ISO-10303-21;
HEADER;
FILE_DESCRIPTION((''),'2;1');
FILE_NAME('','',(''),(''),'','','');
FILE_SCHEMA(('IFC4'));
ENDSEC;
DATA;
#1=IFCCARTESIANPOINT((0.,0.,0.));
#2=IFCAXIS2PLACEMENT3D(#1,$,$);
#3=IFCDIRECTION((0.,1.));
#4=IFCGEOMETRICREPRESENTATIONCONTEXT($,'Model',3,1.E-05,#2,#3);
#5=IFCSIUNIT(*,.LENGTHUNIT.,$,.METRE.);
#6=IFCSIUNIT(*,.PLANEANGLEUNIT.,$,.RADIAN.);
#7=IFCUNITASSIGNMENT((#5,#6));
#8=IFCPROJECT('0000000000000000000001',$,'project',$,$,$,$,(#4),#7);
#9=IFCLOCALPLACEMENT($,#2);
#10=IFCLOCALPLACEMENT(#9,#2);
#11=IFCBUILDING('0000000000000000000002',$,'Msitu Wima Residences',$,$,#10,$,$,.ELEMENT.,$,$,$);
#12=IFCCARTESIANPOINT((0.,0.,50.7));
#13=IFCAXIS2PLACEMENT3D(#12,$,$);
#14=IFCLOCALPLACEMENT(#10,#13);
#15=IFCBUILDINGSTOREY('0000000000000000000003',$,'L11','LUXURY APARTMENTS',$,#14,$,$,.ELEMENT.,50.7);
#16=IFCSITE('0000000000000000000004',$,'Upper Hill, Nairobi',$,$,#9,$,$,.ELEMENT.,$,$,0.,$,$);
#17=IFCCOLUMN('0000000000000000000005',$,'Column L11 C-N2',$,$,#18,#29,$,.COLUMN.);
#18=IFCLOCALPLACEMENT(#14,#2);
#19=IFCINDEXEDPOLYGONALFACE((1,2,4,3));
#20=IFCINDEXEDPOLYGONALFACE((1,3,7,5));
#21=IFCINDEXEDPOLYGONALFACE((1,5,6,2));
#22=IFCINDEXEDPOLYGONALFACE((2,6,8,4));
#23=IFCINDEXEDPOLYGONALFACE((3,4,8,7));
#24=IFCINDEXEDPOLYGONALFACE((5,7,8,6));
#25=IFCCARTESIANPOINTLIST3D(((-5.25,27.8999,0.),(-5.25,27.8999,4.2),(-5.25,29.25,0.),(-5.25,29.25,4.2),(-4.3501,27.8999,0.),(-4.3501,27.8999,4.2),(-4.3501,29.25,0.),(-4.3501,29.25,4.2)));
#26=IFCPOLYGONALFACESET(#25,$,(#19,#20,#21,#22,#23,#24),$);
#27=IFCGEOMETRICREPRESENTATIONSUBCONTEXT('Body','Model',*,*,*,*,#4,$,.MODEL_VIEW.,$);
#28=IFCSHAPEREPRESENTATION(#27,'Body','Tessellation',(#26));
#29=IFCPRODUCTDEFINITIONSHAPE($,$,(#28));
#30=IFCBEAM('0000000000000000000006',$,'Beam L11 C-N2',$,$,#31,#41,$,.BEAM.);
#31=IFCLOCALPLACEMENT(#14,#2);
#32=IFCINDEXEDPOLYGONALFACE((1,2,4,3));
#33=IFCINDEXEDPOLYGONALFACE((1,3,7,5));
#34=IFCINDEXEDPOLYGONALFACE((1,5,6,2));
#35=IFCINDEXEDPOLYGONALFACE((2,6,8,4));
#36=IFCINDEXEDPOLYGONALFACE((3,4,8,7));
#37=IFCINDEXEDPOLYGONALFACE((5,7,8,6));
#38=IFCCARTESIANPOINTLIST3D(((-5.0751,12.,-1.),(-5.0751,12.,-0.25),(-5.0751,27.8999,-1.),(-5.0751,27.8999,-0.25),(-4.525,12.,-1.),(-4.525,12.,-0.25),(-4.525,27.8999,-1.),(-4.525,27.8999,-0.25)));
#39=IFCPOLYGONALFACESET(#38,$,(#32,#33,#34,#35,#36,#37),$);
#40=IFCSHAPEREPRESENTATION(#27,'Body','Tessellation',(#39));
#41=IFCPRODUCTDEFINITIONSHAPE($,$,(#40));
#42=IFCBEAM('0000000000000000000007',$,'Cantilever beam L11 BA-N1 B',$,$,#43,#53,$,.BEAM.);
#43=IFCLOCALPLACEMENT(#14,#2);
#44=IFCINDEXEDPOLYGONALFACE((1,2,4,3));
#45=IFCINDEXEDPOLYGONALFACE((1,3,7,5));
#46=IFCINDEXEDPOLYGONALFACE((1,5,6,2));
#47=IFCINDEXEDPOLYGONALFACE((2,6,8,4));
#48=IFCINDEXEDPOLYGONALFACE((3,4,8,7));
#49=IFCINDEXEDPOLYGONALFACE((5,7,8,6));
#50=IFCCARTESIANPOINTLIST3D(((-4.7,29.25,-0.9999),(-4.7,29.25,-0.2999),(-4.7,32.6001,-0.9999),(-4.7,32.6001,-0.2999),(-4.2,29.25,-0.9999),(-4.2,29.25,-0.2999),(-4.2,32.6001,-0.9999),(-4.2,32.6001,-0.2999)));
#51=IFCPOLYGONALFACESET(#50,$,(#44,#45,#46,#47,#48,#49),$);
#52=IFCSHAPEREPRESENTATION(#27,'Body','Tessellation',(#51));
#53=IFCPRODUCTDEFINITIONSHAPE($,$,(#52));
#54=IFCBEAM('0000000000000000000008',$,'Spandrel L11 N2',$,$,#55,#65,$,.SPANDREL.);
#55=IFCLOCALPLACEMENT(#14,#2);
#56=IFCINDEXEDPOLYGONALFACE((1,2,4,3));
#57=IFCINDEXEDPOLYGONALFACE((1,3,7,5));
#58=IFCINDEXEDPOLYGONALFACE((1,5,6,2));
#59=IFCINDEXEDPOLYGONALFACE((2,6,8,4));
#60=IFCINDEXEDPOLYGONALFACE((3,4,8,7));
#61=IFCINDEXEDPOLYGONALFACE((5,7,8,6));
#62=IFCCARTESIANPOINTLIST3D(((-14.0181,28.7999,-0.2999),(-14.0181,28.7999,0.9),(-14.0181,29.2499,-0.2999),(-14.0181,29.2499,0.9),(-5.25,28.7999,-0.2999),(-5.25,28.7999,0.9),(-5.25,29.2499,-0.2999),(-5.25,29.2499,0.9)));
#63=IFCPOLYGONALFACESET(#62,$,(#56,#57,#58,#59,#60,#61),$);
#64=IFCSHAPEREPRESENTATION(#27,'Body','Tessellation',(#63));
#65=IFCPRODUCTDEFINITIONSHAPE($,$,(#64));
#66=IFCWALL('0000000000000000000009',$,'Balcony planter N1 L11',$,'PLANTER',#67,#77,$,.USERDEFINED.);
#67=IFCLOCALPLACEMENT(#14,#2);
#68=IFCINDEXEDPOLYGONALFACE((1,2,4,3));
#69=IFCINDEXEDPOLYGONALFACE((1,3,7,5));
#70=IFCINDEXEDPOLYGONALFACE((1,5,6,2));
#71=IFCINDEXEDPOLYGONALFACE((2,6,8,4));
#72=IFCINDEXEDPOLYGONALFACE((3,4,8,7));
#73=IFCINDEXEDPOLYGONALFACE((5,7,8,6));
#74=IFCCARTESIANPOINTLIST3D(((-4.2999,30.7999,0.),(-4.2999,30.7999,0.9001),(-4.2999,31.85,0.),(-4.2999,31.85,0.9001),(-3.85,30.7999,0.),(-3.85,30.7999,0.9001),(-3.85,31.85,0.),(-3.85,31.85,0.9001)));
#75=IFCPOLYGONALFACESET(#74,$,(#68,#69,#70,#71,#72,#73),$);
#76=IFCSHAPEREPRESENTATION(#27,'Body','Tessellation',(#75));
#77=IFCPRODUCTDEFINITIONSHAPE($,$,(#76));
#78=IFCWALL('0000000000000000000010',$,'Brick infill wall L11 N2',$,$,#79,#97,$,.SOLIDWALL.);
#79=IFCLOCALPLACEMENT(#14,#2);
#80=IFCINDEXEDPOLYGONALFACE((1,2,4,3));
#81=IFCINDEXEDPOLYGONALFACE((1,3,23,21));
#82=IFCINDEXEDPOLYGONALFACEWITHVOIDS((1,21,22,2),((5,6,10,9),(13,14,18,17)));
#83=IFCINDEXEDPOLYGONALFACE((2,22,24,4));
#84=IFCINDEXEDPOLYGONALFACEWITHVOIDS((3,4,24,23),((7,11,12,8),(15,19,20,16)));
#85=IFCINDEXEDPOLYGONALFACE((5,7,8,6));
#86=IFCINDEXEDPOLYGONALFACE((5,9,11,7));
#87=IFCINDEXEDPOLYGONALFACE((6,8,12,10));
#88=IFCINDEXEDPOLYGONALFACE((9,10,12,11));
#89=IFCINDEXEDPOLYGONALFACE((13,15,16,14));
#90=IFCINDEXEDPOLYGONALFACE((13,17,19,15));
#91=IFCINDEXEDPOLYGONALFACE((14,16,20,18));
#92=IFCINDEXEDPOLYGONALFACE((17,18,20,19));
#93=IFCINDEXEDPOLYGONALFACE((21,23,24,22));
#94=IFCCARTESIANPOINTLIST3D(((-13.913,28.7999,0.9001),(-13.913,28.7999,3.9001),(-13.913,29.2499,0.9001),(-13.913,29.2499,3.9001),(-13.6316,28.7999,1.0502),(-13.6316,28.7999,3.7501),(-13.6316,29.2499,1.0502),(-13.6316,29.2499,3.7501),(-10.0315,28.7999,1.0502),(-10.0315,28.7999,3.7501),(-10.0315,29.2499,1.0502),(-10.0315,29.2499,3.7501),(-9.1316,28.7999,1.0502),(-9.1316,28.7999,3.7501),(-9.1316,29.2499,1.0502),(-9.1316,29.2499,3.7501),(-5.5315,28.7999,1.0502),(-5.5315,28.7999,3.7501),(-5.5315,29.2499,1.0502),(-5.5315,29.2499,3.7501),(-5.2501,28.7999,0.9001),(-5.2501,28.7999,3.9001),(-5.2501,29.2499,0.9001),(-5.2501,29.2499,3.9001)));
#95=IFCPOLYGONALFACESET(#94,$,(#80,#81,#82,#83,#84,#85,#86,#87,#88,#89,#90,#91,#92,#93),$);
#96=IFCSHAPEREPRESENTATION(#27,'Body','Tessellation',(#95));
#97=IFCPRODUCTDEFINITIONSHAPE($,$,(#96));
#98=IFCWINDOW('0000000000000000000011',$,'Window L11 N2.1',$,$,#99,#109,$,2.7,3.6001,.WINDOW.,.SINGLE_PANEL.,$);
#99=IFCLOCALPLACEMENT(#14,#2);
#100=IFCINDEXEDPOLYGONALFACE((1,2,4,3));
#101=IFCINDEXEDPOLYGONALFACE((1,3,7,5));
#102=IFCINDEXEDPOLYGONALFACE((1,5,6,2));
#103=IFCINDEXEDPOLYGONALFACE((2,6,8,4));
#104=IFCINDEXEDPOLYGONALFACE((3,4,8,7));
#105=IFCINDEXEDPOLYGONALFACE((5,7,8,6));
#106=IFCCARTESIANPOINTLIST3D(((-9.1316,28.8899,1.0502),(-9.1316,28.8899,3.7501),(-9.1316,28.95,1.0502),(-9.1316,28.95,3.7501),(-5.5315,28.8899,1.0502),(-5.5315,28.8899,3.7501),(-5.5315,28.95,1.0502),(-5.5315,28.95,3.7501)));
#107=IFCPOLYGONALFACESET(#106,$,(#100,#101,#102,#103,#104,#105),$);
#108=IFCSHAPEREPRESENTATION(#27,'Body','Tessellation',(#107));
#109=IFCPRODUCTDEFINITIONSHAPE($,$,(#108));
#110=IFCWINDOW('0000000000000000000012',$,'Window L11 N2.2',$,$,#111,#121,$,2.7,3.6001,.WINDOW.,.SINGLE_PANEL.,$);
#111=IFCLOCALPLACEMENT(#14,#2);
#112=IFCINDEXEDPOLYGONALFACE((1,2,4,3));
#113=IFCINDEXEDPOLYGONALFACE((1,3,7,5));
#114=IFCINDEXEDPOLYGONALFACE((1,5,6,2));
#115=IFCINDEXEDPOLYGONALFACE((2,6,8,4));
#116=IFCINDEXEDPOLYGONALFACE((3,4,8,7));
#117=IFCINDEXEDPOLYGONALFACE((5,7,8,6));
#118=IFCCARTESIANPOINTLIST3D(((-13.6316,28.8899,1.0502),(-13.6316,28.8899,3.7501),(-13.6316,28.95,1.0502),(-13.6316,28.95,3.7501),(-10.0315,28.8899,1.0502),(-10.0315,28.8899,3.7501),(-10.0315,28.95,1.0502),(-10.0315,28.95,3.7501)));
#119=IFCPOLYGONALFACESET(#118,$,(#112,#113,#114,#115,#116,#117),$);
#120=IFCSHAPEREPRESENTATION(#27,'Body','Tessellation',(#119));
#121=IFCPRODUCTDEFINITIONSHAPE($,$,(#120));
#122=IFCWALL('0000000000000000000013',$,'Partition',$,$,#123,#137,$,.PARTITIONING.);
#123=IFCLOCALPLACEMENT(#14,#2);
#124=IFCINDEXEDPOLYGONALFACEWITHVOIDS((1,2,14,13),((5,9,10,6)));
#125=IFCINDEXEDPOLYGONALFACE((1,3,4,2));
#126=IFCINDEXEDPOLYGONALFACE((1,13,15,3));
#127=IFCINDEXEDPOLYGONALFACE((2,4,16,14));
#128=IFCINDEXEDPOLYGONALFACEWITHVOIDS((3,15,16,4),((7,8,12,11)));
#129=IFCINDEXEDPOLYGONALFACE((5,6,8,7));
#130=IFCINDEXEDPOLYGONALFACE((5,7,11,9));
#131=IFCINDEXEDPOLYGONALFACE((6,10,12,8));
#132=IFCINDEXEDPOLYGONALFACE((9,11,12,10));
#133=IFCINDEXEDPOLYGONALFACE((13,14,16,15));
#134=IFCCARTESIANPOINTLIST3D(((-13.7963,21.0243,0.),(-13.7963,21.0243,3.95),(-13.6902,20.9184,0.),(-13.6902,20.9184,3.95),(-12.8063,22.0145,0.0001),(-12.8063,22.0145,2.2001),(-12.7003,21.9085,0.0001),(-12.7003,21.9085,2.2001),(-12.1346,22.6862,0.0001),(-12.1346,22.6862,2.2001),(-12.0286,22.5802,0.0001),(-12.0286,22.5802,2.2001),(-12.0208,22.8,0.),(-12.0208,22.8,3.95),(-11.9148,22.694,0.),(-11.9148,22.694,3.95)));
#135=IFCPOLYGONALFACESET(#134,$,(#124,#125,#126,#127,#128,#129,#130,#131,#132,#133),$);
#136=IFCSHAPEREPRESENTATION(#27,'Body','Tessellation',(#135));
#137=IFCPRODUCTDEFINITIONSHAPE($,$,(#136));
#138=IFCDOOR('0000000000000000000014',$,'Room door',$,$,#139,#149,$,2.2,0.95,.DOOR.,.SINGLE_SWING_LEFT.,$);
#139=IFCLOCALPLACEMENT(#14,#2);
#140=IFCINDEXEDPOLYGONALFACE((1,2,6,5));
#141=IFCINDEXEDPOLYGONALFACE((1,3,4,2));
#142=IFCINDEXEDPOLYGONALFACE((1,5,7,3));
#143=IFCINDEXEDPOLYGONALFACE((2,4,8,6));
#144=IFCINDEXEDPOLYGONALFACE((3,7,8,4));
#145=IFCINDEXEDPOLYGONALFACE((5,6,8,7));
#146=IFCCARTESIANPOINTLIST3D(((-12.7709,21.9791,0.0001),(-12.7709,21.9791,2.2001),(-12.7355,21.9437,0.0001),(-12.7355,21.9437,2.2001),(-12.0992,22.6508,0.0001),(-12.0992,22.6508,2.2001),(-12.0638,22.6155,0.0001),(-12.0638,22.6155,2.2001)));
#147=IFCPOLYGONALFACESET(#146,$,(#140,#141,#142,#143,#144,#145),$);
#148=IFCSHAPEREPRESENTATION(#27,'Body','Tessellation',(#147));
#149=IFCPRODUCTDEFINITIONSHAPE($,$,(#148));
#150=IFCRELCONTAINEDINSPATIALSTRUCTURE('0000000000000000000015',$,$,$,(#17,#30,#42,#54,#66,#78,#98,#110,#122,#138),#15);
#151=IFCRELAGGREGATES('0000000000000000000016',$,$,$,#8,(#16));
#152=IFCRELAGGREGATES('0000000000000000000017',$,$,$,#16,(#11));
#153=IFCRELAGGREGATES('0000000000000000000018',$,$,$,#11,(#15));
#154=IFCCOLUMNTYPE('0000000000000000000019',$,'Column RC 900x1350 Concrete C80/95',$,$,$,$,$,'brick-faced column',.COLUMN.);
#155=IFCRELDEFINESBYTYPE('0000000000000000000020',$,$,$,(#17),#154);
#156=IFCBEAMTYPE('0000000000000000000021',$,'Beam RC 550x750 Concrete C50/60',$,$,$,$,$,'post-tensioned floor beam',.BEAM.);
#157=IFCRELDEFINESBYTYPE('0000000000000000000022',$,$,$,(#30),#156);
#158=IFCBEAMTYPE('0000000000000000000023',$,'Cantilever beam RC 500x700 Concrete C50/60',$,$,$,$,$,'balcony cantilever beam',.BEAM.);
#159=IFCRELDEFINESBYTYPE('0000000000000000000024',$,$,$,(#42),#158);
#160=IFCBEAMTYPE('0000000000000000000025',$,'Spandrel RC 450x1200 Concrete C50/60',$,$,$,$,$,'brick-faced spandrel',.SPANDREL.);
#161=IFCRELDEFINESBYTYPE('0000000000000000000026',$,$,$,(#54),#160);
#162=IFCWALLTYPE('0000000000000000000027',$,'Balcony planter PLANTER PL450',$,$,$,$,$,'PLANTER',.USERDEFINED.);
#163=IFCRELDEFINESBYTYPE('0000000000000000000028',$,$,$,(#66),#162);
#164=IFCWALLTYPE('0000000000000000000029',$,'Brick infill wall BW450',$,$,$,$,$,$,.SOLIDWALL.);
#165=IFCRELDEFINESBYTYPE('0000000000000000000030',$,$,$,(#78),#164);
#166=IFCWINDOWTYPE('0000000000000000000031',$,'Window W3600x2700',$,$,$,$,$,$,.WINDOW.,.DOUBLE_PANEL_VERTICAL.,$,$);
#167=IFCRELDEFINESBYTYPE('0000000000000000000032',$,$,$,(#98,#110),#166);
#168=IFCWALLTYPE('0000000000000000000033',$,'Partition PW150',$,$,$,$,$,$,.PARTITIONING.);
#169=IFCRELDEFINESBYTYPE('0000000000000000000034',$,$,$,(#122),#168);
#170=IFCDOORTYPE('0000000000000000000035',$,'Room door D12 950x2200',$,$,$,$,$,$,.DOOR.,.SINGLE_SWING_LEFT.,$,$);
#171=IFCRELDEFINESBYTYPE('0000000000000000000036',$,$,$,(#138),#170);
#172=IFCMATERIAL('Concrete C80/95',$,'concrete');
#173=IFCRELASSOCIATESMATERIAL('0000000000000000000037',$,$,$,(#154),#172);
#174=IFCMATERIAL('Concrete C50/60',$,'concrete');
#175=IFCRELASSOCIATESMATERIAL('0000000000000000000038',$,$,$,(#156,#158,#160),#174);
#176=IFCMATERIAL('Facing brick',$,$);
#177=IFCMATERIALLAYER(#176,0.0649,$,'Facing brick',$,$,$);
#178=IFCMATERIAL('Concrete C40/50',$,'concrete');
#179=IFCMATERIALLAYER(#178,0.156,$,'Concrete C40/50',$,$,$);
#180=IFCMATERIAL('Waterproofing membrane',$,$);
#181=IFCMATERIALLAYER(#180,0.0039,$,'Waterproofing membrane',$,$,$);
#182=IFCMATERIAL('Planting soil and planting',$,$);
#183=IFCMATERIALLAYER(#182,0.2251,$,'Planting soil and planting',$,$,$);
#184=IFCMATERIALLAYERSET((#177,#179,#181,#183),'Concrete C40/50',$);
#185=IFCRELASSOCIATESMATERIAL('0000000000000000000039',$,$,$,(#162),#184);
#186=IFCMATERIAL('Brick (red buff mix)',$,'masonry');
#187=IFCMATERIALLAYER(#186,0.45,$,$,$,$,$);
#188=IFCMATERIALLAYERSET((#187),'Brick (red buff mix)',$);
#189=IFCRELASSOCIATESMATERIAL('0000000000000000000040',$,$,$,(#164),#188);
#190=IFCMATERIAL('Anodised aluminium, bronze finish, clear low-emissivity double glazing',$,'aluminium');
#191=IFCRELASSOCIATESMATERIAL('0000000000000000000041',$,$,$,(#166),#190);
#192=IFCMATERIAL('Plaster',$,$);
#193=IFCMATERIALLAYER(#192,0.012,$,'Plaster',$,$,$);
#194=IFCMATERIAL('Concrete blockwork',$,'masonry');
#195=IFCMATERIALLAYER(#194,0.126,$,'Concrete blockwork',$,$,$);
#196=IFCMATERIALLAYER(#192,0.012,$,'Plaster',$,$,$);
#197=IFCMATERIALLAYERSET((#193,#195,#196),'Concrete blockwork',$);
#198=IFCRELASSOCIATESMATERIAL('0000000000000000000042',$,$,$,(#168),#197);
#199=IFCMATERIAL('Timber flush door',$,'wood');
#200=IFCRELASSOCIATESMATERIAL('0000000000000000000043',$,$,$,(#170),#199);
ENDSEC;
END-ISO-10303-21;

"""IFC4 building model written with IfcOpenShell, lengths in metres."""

from ifc_helpers import new_model, si_unit, direction, frame, frame_2d, origin, origin_2d, place, context, subcontext, project, spatial, rectangle, extrude, material, layer, layer_set, material_profile, profile_set, type_object, element, fill, save


model = new_model("IFC4")

# Units and contexts
model_context = context("Model", 3, precision=1e-05, world=origin(), true_north=direction((0.0, 1.0)))
body_context = subcontext(model_context, "Body", "Model", "MODEL_VIEW")
ifc_project = project(units=[si_unit("LENGTHUNIT", "METRE"), si_unit("PLANEANGLEUNIT", "RADIAN")], contexts=[model_context])

# Site, building, storey
site_placement = place(None, origin())
site = spatial("IfcSite", under=ifc_project, at=site_placement, Name="Upper Hill, Nairobi", CompositionType="ELEMENT", RefElevation=0.0)
building_placement = place(site_placement, origin())
building = spatial("IfcBuilding", under=site, at=building_placement, Name="Msitu Wima Residences", CompositionType="ELEMENT")
storey_placement = place(building_placement, frame((0.0, 0.0, 50.7)))
storey = spatial("IfcBuildingStorey", under=building, at=storey_placement, Name="L11", Description="LUXURY APARTMENTS", CompositionType="ELEMENT", Elevation=50.7)

# Column
ifc_material_1 = material(Name="Concrete C80/95", Category="concrete")
ifc_material_profile_1 = material_profile(ifc_material_1, rectangle(XDim=0.8999, YDim=1.3501, at=origin_2d()), Name="RC 900x1350")
ifc_profile_set_1 = profile_set([ifc_material_profile_1], Name="Concrete C80/95")
column_type = type_object("IfcColumnType", Name="Column RC 900x1350 Concrete C80/95", ElementType="brick-faced column", PredefinedType="COLUMN", material=ifc_profile_set_1)
column_placement = place(storey_placement, frame((-4.8, 28.575, 0.0), z_axis=(0.0, 0.0, 1.0), x_axis=(-1.0, 0.0, 0.0)))
element("IfcColumn", 1, at=column_placement, inside=storey, type_object=column_type, Name="Column L11 C-N2", PredefinedType="COLUMN", context=body_context, shape_type="SweptSolid", body=[
    extrude(rectangle(XDim=0.8999, YDim=1.3501, at=origin_2d()), origin(), (0.0, 0.0, 1.0), 4.2),
])

# Beams
ifc_material_2 = material(Name="Concrete C50/60", Category="concrete")
ifc_material_profile_2 = material_profile(ifc_material_2, rectangle(XDim=0.55, YDim=0.75, at=origin_2d()), Name="RC 550x750")
ifc_profile_set_2 = profile_set([ifc_material_profile_2], Name="Concrete C50/60")
beam_type_1 = type_object("IfcBeamType", Name="Beam RC 550x750 Concrete C50/60", ElementType="post-tensioned floor beam", PredefinedType="BEAM", material=ifc_profile_set_2)
beam_1_placement = place(storey_placement, frame((-4.8, 27.8999, -0.625), z_axis=(0.0, -1.0, 0.0), x_axis=(1.0, 0.0, 0.0)))
element("IfcBeam", 2, at=beam_1_placement, inside=storey, type_object=beam_type_1, Name="Beam L11 C-N2", PredefinedType="BEAM", context=body_context, shape_type="SweptSolid", body=[
    extrude(rectangle(XDim=0.55, YDim=0.75, at=origin_2d()), origin(), (0.0, 0.0, 1.0), 15.8999),
])
ifc_material_profile_3 = material_profile(ifc_material_2, rectangle(XDim=0.5, YDim=0.7, at=origin_2d()), Name="RC 500x700")
ifc_profile_set_3 = profile_set([ifc_material_profile_3], Name="Concrete C50/60")
beam_type_2 = type_object("IfcBeamType", Name="Cantilever beam RC 500x700 Concrete C50/60", ElementType="balcony cantilever beam", PredefinedType="BEAM", material=ifc_profile_set_3)
beam_2_placement = place(storey_placement, frame((-4.45, 29.25, -0.6499), z_axis=(0.0, 1.0, 0.0), x_axis=(-1.0, 0.0, 0.0)))
element("IfcBeam", 3, at=beam_2_placement, inside=storey, type_object=beam_type_2, Name="Cantilever beam L11 BA-N1 B", PredefinedType="BEAM", context=body_context, shape_type="SweptSolid", body=[
    extrude(rectangle(XDim=0.5, YDim=0.7, at=origin_2d()), origin(), (0.0, 0.0, 1.0), 3.3501),
])
ifc_material_profile_4 = material_profile(ifc_material_2, rectangle(XDim=0.45, YDim=1.2, at=origin_2d()), Name="RC 450x1200")
ifc_profile_set_4 = profile_set([ifc_material_profile_4], Name="Concrete C50/60")
beam_type_3 = type_object("IfcBeamType", Name="Spandrel RC 450x1200 Concrete C50/60", ElementType="brick-faced spandrel", PredefinedType="SPANDREL", material=ifc_profile_set_4)
beam_3_placement = place(storey_placement, frame((-5.25, 29.0249, 0.3), z_axis=(-1.0, 0.0, 0.0), x_axis=(0.0, -1.0, 0.0)))
element("IfcBeam", 4, at=beam_3_placement, inside=storey, type_object=beam_type_3, Name="Spandrel L11 N2", PredefinedType="SPANDREL", context=body_context, shape_type="SweptSolid", body=[
    extrude(rectangle(XDim=0.45, YDim=1.2, at=origin_2d()), origin(), (0.0, 0.0, 1.0), 8.7681),
])

# Wall
ifc_material_3 = material(Name="Facing brick")
ifc_layer_1 = layer(ifc_material_3, 0.0649, Name="Facing brick")
ifc_material_4 = material(Name="Concrete C40/50", Category="concrete")
ifc_layer_2 = layer(ifc_material_4, 0.156, Name="Concrete C40/50")
ifc_material_5 = material(Name="Waterproofing membrane")
ifc_layer_3 = layer(ifc_material_5, 0.0039, Name="Waterproofing membrane")
ifc_material_6 = material(Name="Planting soil and planting")
ifc_layer_4 = layer(ifc_material_6, 0.2251, Name="Planting soil and planting")
ifc_layer_set_1 = layer_set([ifc_layer_1, ifc_layer_2, ifc_layer_3, ifc_layer_4], Name="Concrete C40/50")
wall_type_1 = type_object("IfcWallType", Name="Balcony planter PLANTER PL450", ElementType="PLANTER", PredefinedType="USERDEFINED", material=ifc_layer_set_1)
wall_1_placement = place(storey_placement, frame((-4.075, 30.8, 0.0), z_axis=(0.0, 0.0, 1.0), x_axis=(0.0, 1.0, 0.0)))
element("IfcWall", 5, at=wall_1_placement, inside=storey, type_object=wall_type_1, Name="Balcony planter N1 L11", ObjectType="PLANTER", PredefinedType="USERDEFINED", context=body_context, shape_type="SweptSolid", body=[
    extrude(rectangle(XDim=1.05, YDim=0.45, at=frame_2d((0.5249, 0.0))), origin(), (0.0, 0.0, 1.0), 0.9001),
])

# Wall, openings, windows
ifc_material_7 = material(Name="Brick (red buff mix)", Category="masonry")
ifc_layer_5 = layer(ifc_material_7, 0.45)
ifc_layer_set_2 = layer_set([ifc_layer_5], Name="Brick (red buff mix)")
wall_type_2 = type_object("IfcWallType", Name="Brick infill wall BW450", PredefinedType="SOLIDWALL", material=ifc_layer_set_2)
wall_2_placement = place(storey_placement, frame((-5.25, 29.0249, 0.9001), z_axis=(0.0, 0.0, 1.0), x_axis=(-1.0, 0.0, 0.0)))
wall_2 = element("IfcWall", 6, at=wall_2_placement, inside=storey, type_object=wall_type_2, Name="Brick infill wall L11 N2", PredefinedType="SOLIDWALL", context=body_context, shape_type="SweptSolid", body=[
    extrude(rectangle(XDim=8.6628, YDim=0.45, at=frame_2d((4.3315, 0.0))), origin(), (0.0, 0.0, 1.0), 3.0),
])
opening_1_placement = place(wall_2_placement, frame((0.2815, 0.0, 0.1499)))
opening_1 = element("IfcOpeningElement", 7, at=opening_1_placement, cuts=wall_2, PredefinedType="OPENING", context=body_context, shape_type="SweptSolid", body=[
    extrude(rectangle(XDim=3.6001, YDim=2.7, at=frame_2d((1.8, 1.3501))), frame((0.0, 0.2349, 0.0), z_axis=(0.0, -1.0, 0.0), x_axis=(1.0, 0.0, 0.0)), (0.0, 0.0, 1.0), 0.47),
])
opening_2_placement = place(wall_2_placement, frame((4.7815, 0.0, 0.1499)))
opening_2 = element("IfcOpeningElement", 8, at=opening_2_placement, cuts=wall_2, PredefinedType="OPENING", context=body_context, shape_type="SweptSolid", body=[
    extrude(rectangle(XDim=3.6001, YDim=2.7, at=frame_2d((1.8, 1.3501))), frame((0.0, 0.2349, 0.0), z_axis=(0.0, -1.0, 0.0), x_axis=(1.0, 0.0, 0.0)), (0.0, 0.0, 1.0), 0.47),
])
ifc_material_8 = material(Name="Anodised aluminium, bronze finish, clear low-emissivity double glazing", Category="aluminium")
window_type = type_object("IfcWindowType", Name="Window W3600x2700", PartitioningType="DOUBLE_PANEL_VERTICAL", PredefinedType="WINDOW", material=ifc_material_8)
window_1_placement = place(opening_1_placement, origin())
window_1 = element("IfcWindow", 9, at=window_1_placement, inside=storey, type_object=window_type, Name="Window L11 N2.1", OverallHeight=2.7, OverallWidth=3.6001, PartitioningType="SINGLE_PANEL", PredefinedType="WINDOW", context=body_context, shape_type="SweptSolid", body=[
    extrude(rectangle(XDim=3.6001, YDim=2.7, at=frame_2d((1.8, 1.3501))), frame((0.0, 0.135, 0.0), z_axis=(0.0, -1.0, 0.0), x_axis=(1.0, 0.0, 0.0)), (0.0, 0.0, 1.0), 0.0601),
])
fill(opening_1, window_1)
window_2_placement = place(opening_2_placement, origin())
window_2 = element("IfcWindow", 10, at=window_2_placement, inside=storey, type_object=window_type, Name="Window L11 N2.2", OverallHeight=2.7, OverallWidth=3.6001, PartitioningType="SINGLE_PANEL", PredefinedType="WINDOW", context=body_context, shape_type="SweptSolid", body=[
    extrude(rectangle(XDim=3.6001, YDim=2.7, at=frame_2d((1.8, 1.3501))), frame((0.0, 0.135, 0.0), z_axis=(0.0, -1.0, 0.0), x_axis=(1.0, 0.0, 0.0)), (0.0, 0.0, 1.0), 0.0601),
])
fill(opening_2, window_2)

# Wall, opening, door
ifc_material_9 = material(Name="Plaster")
ifc_layer_6 = layer(ifc_material_9, 0.012, Name="Plaster")
ifc_material_10 = material(Name="Concrete blockwork", Category="masonry")
ifc_layer_7 = layer(ifc_material_10, 0.126, Name="Concrete blockwork")
ifc_layer_8 = layer(ifc_material_9, 0.012, Name="Plaster")
ifc_layer_set_3 = layer_set([ifc_layer_6, ifc_layer_7, ifc_layer_8], Name="Concrete blockwork")
wall_type_3 = type_object("IfcWallType", Name="Partition PW150", PredefinedType="PARTITIONING", material=ifc_layer_set_3)
wall_3_placement = place(storey_placement, frame((-13.7432, 20.9714, 0.0), z_axis=(0.0, 0.0, 1.0), x_axis=(0.707058, 0.707155, 0.0)))
wall_3 = element("IfcWall", 11, at=wall_3_placement, inside=storey, type_object=wall_type_3, Name="Partition", PredefinedType="PARTITIONING", context=body_context, shape_type="SweptSolid", body=[
    extrude(rectangle(XDim=2.511, YDim=0.1499, at=frame_2d((1.2554, 0.0))), origin(), (0.0, 0.0, 1.0), 3.95),
])
opening_3_placement = place(wall_3_placement, frame((1.3999, 0.0, 0.0)))
opening_3 = element("IfcOpeningElement", 12, at=opening_3_placement, cuts=wall_3, PredefinedType="OPENING", context=body_context, shape_type="SweptSolid", body=[
    extrude(rectangle(XDim=0.95, YDim=2.2, at=frame_2d((0.4751, 1.1001))), frame((0.0, 0.085, 0.0), z_axis=(0.0, -1.0, 0.0), x_axis=(1.0, 0.0, 0.0)), (0.0, 0.0, 1.0), 0.1699),
])
ifc_material_11 = material(Name="Timber flush door", Category="wood")
door_type_1 = type_object("IfcDoorType", Name="Room door D12 950x2200", OperationType="SINGLE_SWING_LEFT", PredefinedType="DOOR", material=ifc_material_11)
door_1_placement = place(opening_3_placement, origin())
door_1 = element("IfcDoor", 13, at=door_1_placement, inside=storey, type_object=door_type_1, Name="Room door", OperationType="SINGLE_SWING_LEFT", OverallHeight=2.2, OverallWidth=0.95, PredefinedType="DOOR", context=body_context, shape_type="SweptSolid", body=[
    extrude(rectangle(XDim=0.95, YDim=2.2, at=frame_2d((0.4751, 1.1001))), frame((0.0, 0.0249, 0.0), z_axis=(0.0, -1.0, 0.0), x_axis=(1.0, 0.0, 0.0)), (0.0, 0.0, 1.0), 0.05),
])
fill(opening_3, door_1)

save(model, "model.ifc")
